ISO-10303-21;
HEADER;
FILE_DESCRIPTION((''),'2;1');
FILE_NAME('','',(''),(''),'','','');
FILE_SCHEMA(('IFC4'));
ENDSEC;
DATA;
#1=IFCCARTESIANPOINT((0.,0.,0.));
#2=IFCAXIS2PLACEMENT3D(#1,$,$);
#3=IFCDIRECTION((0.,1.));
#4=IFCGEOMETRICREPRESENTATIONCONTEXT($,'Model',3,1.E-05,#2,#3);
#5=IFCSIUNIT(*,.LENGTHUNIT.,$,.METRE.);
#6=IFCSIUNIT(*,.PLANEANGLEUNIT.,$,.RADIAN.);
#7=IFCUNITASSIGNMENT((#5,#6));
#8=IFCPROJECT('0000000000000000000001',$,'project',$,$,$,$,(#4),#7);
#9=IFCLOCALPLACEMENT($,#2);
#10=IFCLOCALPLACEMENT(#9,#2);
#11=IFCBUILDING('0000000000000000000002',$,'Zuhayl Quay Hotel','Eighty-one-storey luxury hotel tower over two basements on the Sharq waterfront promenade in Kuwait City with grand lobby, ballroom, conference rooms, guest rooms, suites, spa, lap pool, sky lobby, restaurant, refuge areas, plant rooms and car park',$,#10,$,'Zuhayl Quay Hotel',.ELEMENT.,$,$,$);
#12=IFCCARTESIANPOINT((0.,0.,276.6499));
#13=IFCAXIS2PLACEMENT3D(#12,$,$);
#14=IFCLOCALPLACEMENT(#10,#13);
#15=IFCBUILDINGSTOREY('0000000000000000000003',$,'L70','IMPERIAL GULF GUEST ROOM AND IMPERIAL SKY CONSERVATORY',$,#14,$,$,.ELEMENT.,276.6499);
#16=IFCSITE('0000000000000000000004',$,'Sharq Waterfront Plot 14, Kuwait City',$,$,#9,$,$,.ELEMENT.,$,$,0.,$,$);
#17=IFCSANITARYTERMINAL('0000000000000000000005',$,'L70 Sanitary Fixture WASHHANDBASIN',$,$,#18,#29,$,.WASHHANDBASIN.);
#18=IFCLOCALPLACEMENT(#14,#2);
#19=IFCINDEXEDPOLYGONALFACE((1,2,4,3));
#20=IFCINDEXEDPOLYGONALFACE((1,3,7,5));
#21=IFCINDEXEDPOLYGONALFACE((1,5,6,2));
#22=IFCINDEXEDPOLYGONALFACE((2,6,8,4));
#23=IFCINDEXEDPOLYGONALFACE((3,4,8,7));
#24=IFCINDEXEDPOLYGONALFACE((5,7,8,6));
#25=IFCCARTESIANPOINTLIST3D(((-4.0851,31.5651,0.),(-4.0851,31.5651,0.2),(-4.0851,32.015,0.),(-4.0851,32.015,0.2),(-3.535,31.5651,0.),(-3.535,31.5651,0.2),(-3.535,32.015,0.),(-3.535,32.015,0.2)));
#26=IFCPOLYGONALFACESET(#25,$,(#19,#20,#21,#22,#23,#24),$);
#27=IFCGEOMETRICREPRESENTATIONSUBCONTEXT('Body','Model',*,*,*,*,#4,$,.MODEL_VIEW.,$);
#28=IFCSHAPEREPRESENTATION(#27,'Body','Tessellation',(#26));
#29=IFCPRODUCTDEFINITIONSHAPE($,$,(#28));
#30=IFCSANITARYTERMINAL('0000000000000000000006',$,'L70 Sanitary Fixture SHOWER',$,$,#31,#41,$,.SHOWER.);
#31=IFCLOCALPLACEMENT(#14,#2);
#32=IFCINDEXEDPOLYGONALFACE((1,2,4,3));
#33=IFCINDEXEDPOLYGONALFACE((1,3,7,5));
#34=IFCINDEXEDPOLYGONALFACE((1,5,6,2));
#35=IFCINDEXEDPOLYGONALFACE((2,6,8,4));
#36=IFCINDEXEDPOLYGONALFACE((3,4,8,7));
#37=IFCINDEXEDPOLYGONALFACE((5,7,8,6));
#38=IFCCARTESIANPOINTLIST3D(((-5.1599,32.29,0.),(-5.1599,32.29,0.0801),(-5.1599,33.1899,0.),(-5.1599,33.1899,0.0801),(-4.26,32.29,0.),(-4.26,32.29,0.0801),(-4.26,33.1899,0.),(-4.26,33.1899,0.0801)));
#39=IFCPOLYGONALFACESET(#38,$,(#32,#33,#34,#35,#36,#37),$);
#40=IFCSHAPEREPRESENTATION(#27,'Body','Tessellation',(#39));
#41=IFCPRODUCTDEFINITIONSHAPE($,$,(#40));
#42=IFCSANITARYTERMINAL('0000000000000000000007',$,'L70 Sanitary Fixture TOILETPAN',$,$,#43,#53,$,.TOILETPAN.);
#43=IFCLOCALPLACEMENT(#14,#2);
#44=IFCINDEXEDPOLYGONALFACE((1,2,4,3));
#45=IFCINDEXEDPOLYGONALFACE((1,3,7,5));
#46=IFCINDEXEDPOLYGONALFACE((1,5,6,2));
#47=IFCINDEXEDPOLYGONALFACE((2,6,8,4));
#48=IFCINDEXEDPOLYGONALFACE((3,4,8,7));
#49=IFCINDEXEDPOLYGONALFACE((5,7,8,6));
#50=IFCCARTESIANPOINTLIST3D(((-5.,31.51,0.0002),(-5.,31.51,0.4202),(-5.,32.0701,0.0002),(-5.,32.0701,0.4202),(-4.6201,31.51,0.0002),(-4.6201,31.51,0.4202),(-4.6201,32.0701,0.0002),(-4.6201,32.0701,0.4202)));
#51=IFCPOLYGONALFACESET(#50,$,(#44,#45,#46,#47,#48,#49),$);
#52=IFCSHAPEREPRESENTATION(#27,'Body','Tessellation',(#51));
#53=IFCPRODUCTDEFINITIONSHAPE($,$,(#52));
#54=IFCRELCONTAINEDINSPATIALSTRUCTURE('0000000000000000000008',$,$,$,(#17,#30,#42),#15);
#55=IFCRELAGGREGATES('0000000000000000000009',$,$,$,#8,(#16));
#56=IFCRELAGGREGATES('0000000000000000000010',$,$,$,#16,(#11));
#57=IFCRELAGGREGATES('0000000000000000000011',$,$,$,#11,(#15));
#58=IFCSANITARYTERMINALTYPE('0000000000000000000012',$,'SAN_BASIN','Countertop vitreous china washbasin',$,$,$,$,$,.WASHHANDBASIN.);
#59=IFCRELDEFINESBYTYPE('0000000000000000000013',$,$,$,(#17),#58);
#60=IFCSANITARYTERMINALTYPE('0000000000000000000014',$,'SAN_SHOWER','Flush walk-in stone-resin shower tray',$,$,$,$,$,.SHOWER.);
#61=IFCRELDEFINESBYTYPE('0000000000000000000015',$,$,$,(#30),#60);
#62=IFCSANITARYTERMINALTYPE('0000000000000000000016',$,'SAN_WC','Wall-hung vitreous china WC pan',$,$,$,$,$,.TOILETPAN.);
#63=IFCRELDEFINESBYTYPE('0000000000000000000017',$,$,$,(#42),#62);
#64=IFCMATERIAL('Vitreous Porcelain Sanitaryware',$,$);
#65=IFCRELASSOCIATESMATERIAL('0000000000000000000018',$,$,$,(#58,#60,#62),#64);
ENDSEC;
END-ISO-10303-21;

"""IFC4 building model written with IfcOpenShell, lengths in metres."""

from ifc_helpers import new_model, si_unit, direction, frame, origin, origin_2d, place, context, subcontext, project, spatial, rectangle, extrude, material, type_object, element, save


model = new_model("IFC4")

# Units and contexts
model_context = context("Model", 3, precision=1e-05, world=origin(), true_north=direction((0.0, 1.0)))
body_context = subcontext(model_context, "Body", "Model", "MODEL_VIEW")
ifc_project = project(units=[si_unit("LENGTHUNIT", "METRE"), si_unit("PLANEANGLEUNIT", "RADIAN")], contexts=[model_context])

# Site, building, storey
site_placement = place(None, origin())
site = spatial("IfcSite", under=ifc_project, at=site_placement, Name="Sharq Waterfront Plot 14, Kuwait City", CompositionType="ELEMENT", RefElevation=0.0)
building_placement = place(site_placement, origin())
building = spatial("IfcBuilding", under=site, at=building_placement, Name="Zuhayl Quay Hotel", Description="Eighty-one-storey luxury hotel tower over two basements on the Sharq waterfront promenade in Kuwait City with grand lobby, ballroom, conference rooms, guest rooms, suites, spa, lap pool, sky lobby, restaurant, refuge areas, plant rooms and car park", LongName="Zuhayl Quay Hotel", CompositionType="ELEMENT")
storey_placement = place(building_placement, frame((0.0, 0.0, 276.6499)))
storey = spatial("IfcBuildingStorey", under=building, at=storey_placement, Name="L70", Description="IMPERIAL GULF GUEST ROOM AND IMPERIAL SKY CONSERVATORY", CompositionType="ELEMENT", Elevation=276.6499)

# Sanitary terminals
ifc_material_1 = material(Name="Vitreous Porcelain Sanitaryware")
sanitary_terminal_type_1 = type_object("IfcSanitaryTerminalType", Name="SAN_BASIN", Description="Countertop vitreous china washbasin", PredefinedType="WASHHANDBASIN", material=ifc_material_1)
for number, where, z_axis, x_axis, name in (
    (1, (-3.8101, 31.79, 0.0), (0.0, 0.0, 1.0), (1.0, 0.0, 0.0), "L70 Sanitary Fixture WASHHANDBASIN"),
):
    element("IfcSanitaryTerminal", number, at=place(storey_placement, frame(where, z_axis=z_axis, x_axis=x_axis)), inside=storey, type_object=sanitary_terminal_type_1, Name=name, PredefinedType="WASHHANDBASIN", context=body_context, shape_type="SweptSolid", body=[
        extrude(rectangle(XDim=0.55, YDim=0.45, at=origin_2d()), origin(), (0.0, 0.0, 1.0), 0.2),
    ])
sanitary_terminal_type_2 = type_object("IfcSanitaryTerminalType", Name="SAN_SHOWER", Description="Flush walk-in stone-resin shower tray", PredefinedType="SHOWER", material=ifc_material_1)
sanitary_terminal_1_placement = place(storey_placement, frame((-4.71, 32.74, 0.0), z_axis=(0.0, 0.0, 1.0), x_axis=(1.0, 0.0, 0.0)))
element("IfcSanitaryTerminal", 2, at=sanitary_terminal_1_placement, inside=storey, type_object=sanitary_terminal_type_2, Name="L70 Sanitary Fixture SHOWER", PredefinedType="SHOWER", context=body_context, shape_type="SweptSolid", body=[
    extrude(rectangle(XDim=0.8999, YDim=0.8999, at=origin_2d()), origin(), (0.0, 0.0, 1.0), 0.0801),
])
sanitary_terminal_type_3 = type_object("IfcSanitaryTerminalType", Name="SAN_WC", Description="Wall-hung vitreous china WC pan", PredefinedType="TOILETPAN", material=ifc_material_1)
sanitary_terminal_2_placement = place(storey_placement, frame((-4.8101, 31.79, 0.0002), z_axis=(0.0, 0.0, 1.0), x_axis=(1.0, 0.0, 0.0)))
element("IfcSanitaryTerminal", 3, at=sanitary_terminal_2_placement, inside=storey, type_object=sanitary_terminal_type_3, Name="L70 Sanitary Fixture TOILETPAN", PredefinedType="TOILETPAN", context=body_context, shape_type="SweptSolid", body=[
    extrude(rectangle(XDim=0.3799, YDim=0.5601, at=origin_2d()), origin(), (0.0, 0.0, 1.0), 0.4199),
])

save(model, "model.ifc")
